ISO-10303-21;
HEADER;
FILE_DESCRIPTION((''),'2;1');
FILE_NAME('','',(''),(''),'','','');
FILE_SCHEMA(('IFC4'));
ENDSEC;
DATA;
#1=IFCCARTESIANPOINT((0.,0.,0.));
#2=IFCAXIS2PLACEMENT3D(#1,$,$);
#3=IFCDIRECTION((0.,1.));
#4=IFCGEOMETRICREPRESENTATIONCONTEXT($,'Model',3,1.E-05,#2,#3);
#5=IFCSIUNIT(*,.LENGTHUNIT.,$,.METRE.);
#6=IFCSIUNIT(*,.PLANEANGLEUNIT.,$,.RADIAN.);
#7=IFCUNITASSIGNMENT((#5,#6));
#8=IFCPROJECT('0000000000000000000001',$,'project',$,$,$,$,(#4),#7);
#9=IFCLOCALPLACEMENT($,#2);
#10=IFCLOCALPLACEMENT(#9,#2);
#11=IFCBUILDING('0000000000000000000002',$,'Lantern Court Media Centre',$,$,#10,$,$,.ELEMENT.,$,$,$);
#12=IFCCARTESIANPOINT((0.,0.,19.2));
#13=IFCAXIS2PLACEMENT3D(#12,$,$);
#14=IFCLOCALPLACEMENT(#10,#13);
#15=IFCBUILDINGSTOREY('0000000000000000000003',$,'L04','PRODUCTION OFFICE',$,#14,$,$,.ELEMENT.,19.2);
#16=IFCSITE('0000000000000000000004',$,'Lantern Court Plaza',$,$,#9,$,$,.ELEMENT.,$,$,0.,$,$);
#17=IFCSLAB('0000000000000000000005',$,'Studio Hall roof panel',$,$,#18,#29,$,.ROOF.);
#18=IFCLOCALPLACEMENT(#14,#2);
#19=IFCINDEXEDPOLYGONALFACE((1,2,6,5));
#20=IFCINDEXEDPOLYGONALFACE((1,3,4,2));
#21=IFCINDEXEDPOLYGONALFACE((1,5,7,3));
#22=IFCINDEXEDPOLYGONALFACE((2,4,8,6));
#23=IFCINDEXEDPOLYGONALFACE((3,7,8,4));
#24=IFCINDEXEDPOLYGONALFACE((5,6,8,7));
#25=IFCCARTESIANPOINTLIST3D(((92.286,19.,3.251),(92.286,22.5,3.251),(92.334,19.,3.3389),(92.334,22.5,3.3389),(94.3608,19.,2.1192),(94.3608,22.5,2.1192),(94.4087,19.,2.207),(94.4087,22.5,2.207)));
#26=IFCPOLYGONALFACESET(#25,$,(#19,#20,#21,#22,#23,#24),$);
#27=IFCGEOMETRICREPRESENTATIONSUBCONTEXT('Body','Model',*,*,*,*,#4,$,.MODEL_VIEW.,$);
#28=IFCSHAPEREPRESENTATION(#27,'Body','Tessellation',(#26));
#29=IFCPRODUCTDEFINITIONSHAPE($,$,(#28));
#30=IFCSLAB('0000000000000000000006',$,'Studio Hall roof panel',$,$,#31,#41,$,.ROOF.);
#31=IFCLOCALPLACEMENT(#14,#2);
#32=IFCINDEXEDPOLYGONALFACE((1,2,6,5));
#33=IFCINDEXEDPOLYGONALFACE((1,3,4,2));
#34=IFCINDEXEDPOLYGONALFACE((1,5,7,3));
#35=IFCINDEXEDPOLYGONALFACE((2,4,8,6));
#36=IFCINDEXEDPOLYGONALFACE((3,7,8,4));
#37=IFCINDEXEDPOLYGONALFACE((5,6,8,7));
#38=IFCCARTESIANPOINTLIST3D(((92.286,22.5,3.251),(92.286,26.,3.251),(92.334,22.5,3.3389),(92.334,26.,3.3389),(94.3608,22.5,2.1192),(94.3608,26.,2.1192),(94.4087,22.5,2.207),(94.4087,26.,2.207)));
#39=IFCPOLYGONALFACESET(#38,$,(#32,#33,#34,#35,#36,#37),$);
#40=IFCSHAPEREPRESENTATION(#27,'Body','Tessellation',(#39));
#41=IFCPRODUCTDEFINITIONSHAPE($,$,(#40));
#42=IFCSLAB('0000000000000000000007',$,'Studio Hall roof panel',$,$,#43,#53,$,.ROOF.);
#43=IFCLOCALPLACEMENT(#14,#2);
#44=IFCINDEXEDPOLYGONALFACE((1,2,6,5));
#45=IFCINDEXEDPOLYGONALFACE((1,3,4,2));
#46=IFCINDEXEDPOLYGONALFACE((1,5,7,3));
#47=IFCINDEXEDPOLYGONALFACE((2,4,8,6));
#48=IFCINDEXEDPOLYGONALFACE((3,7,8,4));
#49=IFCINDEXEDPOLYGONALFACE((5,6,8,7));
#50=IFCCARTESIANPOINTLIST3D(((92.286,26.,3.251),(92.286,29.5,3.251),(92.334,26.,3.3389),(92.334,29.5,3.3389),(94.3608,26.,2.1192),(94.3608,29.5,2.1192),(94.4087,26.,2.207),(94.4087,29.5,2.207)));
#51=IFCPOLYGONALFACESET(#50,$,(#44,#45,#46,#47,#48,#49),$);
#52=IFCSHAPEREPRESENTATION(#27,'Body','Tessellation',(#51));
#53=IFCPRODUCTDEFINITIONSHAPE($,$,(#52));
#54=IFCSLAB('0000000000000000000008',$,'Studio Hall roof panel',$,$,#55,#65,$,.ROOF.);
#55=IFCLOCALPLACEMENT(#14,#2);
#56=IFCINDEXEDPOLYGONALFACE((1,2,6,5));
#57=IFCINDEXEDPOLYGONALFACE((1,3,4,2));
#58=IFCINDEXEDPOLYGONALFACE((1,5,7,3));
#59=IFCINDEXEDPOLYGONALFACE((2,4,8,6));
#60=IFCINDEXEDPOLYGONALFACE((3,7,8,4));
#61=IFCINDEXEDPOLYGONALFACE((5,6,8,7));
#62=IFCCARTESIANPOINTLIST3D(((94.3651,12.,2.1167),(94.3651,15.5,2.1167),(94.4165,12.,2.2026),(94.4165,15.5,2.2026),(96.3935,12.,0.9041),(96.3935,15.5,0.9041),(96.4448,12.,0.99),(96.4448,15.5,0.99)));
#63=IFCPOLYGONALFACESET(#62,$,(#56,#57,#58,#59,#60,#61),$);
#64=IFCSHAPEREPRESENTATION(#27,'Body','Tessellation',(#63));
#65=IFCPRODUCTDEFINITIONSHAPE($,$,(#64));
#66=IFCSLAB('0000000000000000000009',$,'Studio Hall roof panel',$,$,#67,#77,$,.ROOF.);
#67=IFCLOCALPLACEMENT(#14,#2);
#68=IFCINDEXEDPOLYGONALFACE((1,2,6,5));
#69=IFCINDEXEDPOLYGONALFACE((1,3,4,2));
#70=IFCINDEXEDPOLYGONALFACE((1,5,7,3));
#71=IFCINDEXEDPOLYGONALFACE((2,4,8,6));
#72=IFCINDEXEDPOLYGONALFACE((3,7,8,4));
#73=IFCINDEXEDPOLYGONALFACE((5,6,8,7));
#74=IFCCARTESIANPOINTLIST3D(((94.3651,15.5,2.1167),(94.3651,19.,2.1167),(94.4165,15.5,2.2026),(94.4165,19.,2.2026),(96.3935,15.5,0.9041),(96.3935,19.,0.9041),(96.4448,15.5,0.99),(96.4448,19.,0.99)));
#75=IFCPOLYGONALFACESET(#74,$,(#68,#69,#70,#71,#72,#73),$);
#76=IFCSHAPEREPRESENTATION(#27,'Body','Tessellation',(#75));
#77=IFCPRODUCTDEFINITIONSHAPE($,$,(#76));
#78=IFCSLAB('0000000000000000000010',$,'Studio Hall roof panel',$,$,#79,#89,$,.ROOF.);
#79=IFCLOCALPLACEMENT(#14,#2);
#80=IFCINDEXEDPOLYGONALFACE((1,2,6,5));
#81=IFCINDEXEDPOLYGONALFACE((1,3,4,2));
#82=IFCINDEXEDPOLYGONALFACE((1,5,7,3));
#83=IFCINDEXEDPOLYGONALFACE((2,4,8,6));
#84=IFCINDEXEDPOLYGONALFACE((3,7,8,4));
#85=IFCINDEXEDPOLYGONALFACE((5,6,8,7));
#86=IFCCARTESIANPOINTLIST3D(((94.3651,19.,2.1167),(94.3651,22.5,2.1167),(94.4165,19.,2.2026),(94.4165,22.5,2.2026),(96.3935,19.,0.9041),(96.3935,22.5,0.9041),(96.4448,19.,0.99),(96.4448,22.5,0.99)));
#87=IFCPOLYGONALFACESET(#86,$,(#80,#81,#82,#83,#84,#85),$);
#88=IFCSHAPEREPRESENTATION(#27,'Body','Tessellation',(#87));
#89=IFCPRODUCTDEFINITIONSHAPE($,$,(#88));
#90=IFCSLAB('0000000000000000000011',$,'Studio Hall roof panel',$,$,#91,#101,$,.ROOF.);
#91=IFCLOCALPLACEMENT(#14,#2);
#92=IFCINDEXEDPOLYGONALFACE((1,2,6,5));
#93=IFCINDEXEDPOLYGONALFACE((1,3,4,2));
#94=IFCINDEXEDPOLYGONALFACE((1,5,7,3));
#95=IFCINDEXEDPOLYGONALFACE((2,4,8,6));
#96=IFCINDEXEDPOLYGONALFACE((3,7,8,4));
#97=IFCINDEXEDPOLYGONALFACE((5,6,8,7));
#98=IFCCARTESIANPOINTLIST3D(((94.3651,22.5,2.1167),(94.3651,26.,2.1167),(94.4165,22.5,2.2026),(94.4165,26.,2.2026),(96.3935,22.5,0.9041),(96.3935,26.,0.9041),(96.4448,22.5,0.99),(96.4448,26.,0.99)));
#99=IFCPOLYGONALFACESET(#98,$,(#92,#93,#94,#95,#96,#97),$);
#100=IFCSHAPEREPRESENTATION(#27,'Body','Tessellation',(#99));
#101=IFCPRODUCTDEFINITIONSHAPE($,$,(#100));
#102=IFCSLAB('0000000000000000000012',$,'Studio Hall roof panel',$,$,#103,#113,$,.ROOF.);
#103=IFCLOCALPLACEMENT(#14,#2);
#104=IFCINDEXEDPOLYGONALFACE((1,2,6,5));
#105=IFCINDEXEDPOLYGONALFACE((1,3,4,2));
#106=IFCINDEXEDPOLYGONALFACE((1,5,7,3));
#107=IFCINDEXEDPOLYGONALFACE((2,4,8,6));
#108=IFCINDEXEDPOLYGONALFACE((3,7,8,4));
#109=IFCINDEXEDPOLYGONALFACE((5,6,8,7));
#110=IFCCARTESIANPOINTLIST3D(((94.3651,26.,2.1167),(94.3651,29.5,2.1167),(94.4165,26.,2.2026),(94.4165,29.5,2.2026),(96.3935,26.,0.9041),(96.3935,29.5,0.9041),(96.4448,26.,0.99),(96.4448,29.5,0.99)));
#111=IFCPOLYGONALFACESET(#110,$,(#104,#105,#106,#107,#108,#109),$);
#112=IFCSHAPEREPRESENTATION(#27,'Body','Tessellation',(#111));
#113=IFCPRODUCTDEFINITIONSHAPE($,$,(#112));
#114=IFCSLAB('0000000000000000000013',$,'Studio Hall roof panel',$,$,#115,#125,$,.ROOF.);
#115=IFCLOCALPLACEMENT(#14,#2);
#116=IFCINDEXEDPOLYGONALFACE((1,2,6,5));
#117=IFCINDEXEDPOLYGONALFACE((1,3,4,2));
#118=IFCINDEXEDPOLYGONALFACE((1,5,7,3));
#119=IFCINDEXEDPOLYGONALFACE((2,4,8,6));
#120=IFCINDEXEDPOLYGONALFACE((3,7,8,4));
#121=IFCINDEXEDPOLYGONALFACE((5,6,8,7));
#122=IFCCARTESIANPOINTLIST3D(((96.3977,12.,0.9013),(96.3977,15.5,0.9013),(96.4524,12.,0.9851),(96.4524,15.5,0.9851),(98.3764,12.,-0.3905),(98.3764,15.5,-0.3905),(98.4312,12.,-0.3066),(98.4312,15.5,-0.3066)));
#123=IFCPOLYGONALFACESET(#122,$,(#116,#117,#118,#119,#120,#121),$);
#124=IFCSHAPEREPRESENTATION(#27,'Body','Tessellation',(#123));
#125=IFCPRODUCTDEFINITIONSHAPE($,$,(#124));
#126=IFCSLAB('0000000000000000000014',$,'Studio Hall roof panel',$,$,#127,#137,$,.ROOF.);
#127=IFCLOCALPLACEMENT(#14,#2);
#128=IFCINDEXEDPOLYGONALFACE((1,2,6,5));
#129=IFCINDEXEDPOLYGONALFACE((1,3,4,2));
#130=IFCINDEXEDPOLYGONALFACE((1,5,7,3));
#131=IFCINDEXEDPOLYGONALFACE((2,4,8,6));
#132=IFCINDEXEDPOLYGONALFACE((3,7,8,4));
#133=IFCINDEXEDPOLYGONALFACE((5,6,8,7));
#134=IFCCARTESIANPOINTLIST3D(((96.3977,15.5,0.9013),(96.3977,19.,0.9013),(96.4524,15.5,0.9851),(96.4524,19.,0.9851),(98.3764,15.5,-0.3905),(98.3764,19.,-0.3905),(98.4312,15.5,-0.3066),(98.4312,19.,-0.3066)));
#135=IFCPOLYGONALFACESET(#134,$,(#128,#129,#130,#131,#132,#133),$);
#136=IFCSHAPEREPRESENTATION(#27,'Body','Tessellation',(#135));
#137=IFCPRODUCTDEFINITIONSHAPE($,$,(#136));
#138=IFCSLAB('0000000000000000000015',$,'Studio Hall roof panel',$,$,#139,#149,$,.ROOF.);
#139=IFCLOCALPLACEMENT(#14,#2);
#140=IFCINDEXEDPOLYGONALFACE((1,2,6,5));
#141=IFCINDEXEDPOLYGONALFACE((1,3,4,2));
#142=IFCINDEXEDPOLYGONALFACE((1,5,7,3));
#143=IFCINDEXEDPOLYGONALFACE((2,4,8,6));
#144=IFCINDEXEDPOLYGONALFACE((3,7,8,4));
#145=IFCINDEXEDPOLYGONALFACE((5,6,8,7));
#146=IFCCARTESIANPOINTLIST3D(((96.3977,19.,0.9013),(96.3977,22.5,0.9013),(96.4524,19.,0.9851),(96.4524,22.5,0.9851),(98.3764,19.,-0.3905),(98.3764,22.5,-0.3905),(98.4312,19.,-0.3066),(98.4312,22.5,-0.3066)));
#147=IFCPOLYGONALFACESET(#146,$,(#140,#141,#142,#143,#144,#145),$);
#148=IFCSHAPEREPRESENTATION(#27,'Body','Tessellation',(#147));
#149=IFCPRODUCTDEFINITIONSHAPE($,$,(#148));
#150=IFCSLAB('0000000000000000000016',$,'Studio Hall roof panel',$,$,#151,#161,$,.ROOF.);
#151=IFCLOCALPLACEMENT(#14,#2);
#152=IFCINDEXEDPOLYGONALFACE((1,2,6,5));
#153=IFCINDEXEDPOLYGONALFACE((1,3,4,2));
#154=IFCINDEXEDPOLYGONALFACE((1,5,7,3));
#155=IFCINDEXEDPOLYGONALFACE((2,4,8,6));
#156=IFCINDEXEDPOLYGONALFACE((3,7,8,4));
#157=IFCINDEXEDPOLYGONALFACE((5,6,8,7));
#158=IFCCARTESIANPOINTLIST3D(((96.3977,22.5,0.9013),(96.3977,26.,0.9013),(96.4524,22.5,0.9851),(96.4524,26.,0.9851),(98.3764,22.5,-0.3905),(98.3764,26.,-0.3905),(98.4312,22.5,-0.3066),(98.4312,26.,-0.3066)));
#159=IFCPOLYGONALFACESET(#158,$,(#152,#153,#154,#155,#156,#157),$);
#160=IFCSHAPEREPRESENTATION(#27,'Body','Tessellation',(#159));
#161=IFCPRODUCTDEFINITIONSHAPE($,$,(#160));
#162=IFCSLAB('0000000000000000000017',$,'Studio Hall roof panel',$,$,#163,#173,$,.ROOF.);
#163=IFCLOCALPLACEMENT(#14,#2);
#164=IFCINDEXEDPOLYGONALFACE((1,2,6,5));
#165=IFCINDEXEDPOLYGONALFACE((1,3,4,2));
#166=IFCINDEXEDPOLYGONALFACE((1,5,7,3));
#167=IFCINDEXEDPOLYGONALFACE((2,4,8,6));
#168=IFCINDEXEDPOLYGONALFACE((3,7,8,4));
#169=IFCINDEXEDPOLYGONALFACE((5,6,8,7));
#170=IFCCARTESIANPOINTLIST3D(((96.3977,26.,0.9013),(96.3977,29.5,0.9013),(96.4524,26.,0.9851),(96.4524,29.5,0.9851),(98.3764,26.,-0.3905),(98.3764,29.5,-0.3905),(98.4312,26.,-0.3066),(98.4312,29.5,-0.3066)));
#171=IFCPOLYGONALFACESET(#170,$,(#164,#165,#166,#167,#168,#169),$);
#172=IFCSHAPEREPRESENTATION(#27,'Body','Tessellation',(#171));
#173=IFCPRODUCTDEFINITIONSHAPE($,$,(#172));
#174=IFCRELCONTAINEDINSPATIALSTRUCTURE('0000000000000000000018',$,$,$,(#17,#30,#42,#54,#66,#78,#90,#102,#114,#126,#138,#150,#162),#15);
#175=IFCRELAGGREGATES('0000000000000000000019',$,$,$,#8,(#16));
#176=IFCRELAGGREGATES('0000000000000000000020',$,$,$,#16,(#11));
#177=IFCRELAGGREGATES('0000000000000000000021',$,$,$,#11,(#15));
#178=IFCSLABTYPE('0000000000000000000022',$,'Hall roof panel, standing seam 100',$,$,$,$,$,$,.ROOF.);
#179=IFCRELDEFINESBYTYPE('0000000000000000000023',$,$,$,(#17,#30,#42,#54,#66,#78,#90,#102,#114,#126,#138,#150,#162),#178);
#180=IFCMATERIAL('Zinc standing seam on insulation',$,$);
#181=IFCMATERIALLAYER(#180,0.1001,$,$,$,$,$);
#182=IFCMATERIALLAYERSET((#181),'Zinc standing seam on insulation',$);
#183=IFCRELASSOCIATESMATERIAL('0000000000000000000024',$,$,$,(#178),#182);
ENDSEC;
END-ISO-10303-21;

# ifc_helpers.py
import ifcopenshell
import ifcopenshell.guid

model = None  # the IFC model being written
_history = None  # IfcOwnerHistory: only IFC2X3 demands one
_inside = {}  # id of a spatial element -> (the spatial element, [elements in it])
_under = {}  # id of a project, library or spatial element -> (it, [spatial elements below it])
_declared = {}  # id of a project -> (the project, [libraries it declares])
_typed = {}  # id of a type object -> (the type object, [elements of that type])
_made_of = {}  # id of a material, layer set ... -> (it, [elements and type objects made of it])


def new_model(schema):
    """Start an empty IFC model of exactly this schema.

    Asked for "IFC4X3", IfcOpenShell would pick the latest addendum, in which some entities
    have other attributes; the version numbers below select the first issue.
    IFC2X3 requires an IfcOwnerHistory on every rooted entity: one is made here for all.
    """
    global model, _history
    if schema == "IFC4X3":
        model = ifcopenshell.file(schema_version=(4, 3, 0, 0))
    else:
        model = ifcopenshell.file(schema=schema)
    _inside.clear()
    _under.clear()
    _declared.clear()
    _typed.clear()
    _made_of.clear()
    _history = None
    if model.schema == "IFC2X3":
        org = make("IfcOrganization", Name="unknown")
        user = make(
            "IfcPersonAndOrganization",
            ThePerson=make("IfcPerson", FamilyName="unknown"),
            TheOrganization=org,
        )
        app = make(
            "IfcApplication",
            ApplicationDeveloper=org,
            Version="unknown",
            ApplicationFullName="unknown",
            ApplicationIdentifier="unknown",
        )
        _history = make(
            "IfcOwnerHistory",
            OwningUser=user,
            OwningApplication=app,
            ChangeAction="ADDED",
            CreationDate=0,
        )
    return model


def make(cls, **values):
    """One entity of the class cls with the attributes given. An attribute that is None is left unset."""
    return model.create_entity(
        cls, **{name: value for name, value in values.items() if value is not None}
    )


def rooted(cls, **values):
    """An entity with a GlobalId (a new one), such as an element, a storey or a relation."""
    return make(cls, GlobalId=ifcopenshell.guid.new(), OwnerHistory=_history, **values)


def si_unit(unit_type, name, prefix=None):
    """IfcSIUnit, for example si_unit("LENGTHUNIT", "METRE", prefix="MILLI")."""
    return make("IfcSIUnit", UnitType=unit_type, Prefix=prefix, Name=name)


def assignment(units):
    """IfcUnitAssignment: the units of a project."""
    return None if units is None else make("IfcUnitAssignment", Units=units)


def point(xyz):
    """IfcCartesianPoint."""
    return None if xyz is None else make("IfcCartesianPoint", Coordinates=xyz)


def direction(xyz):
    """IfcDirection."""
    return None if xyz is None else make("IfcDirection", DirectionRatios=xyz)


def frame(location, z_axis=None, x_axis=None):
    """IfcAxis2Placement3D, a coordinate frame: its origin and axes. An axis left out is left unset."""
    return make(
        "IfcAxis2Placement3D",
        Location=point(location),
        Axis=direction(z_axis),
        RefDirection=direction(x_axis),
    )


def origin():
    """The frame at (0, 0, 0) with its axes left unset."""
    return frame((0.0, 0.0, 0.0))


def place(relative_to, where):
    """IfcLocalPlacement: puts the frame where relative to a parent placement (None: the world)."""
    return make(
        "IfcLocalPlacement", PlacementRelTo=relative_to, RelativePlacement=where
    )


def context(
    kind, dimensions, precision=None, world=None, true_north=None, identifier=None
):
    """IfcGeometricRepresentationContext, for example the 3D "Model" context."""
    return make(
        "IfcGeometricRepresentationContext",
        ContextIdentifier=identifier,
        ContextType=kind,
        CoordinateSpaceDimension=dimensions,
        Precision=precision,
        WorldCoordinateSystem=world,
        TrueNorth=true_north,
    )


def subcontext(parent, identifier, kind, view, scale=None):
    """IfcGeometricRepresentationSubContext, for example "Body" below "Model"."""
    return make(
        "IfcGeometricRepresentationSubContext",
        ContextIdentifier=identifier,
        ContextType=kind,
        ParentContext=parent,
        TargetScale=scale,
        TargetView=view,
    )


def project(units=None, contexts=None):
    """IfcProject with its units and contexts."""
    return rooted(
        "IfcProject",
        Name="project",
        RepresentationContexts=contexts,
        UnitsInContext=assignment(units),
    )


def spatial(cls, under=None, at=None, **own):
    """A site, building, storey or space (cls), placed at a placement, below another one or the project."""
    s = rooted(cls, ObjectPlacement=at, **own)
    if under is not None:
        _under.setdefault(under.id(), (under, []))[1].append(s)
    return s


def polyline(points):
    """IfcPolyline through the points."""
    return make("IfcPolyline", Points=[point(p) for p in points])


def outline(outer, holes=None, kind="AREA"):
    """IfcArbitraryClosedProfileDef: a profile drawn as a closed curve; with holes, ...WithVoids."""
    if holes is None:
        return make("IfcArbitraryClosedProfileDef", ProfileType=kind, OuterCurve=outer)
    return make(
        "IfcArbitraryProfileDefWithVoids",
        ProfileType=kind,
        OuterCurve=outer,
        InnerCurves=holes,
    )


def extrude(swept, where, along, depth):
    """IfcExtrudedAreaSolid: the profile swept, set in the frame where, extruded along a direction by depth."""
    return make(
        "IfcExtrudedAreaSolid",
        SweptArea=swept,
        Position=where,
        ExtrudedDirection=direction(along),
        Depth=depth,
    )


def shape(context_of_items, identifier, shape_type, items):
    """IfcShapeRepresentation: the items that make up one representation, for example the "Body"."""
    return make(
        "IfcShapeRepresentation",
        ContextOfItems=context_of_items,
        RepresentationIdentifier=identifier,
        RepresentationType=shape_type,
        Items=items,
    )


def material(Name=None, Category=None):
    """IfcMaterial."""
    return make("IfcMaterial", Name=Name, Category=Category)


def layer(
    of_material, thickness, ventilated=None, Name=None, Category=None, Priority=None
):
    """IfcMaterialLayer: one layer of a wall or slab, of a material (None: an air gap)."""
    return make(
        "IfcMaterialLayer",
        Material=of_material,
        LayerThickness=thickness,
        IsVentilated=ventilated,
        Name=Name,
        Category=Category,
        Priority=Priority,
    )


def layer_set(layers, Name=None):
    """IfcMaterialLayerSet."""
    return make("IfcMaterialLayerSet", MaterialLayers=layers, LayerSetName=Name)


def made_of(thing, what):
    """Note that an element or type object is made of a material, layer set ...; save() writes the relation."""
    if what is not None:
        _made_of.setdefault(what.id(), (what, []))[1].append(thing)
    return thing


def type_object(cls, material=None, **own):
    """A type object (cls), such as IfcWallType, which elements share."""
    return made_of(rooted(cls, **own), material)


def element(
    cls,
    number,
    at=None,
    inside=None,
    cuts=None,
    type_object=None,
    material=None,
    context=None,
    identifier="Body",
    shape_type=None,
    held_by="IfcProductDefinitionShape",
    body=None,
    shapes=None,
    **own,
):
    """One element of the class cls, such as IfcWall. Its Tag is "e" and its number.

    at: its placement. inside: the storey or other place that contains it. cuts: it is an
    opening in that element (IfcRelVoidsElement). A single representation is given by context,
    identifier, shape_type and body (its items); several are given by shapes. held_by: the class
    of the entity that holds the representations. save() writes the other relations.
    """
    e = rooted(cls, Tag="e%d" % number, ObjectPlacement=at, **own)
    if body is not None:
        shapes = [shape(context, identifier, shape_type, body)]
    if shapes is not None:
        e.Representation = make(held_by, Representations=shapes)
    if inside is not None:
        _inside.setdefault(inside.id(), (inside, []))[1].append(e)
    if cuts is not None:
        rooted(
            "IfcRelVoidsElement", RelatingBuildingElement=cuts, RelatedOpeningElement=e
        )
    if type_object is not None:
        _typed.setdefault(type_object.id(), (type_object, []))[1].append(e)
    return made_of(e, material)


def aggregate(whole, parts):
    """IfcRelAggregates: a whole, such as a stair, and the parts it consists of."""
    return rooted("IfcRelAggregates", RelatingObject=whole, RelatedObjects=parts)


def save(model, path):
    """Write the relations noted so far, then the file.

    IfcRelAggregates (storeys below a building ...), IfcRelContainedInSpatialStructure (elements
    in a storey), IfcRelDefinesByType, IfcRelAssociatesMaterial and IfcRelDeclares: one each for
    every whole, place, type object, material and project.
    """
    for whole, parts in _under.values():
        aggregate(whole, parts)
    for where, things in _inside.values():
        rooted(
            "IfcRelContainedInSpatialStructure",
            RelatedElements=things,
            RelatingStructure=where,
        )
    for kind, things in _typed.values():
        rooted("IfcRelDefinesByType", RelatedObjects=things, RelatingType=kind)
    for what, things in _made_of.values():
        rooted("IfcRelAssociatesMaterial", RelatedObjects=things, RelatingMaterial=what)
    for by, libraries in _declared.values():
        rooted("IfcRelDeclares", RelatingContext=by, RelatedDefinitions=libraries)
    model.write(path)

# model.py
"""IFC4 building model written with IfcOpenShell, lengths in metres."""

from ifc_helpers import new_model, si_unit, direction, frame, origin, place, context, subcontext, project, spatial, polyline, outline, extrude, material, layer, layer_set, type_object, element, save


model = new_model("IFC4")

# Units and contexts
model_context = context("Model", 3, precision=1e-05, world=origin(), true_north=direction((0.0, 1.0)))
body_context = subcontext(model_context, "Body", "Model", "MODEL_VIEW")
ifc_project = project(units=[si_unit("LENGTHUNIT", "METRE"), si_unit("PLANEANGLEUNIT", "RADIAN")], contexts=[model_context])

# Site, building, storey
site_placement = place(None, origin())
site = spatial("IfcSite", under=ifc_project, at=site_placement, Name="Lantern Court Plaza", CompositionType="ELEMENT", RefElevation=0.0)
building_placement = place(site_placement, origin())
building = spatial("IfcBuilding", under=site, at=building_placement, Name="Lantern Court Media Centre", CompositionType="ELEMENT")
storey_placement = place(building_placement, frame((0.0, 0.0, 19.2)))
storey = spatial("IfcBuildingStorey", under=building, at=storey_placement, Name="L04", Description="PRODUCTION OFFICE", CompositionType="ELEMENT", Elevation=19.2)

# Slabs
ifc_material = material(Name="Zinc standing seam on insulation")
ifc_layer = layer(ifc_material, 0.1001)
ifc_layer_set = layer_set([ifc_layer], Name="Zinc standing seam on insulation")
slab_type = type_object("IfcSlabType", Name="Hall roof panel, standing seam 100", PredefinedType="ROOF", material=ifc_layer_set)
for number, where, z_axis, x_axis, name in (
    (1, (92.334, 19.0, 3.3389), (0.47891, 0.0, 0.877864), (0.877864, 0.0, -0.47891), "Studio Hall roof panel"),
    (2, (92.334, 22.5, 3.3389), (0.47891, 0.0, 0.877864), (0.877864, 0.0, -0.47891), "Studio Hall roof panel"),
    (3, (92.334, 26.0, 3.3389), (0.47891, 0.0, 0.877864), (0.877864, 0.0, -0.47891), "Studio Hall roof panel"),
):
    element("IfcSlab", number, at=place(storey_placement, frame(where, z_axis=z_axis, x_axis=x_axis)), inside=storey, type_object=slab_type, Name=name, PredefinedType="ROOF", context=body_context, shape_type="SweptSolid", body=[
        extrude(outline(polyline([(0.0, 0.0), (2.3634, 0.0), (2.3634, 3.5), (0.0, 3.5), (0.0, 0.0)])), origin(), (0.0, 0.0, -1.0), 0.1001),
    ])
for number, where, z_axis, x_axis, name in (
    (4, (94.4165, 12.0, 2.2026), (0.513143, 0.0, 0.858303), (0.858303, 0.0, -0.513143), "Studio Hall roof panel"),
    (5, (94.4165, 15.5, 2.2026), (0.513143, 0.0, 0.858303), (0.858303, 0.0, -0.513143), "Studio Hall roof panel"),
    (6, (94.4165, 19.0, 2.2026), (0.513143, 0.0, 0.858303), (0.858303, 0.0, -0.513143), "Studio Hall roof panel"),
    (7, (94.4165, 22.5, 2.2026), (0.513143, 0.0, 0.858303), (0.858303, 0.0, -0.513143), "Studio Hall roof panel"),
    (8, (94.4165, 26.0, 2.2026), (0.513143, 0.0, 0.858303), (0.858303, 0.0, -0.513143), "Studio Hall roof panel"),
):
    element("IfcSlab", number, at=place(storey_placement, frame(where, z_axis=z_axis, x_axis=x_axis)), inside=storey, type_object=slab_type, Name=name, PredefinedType="ROOF", context=body_context, shape_type="SweptSolid", body=[
        extrude(outline(polyline([(0.0, 0.0), (2.3632, 0.0), (2.3632, 3.5), (0.0, 3.5), (0.0, 0.0)])), origin(), (0.0, 0.0, -1.0), 0.1001),
    ])
for number, where, z_axis, x_axis, name in (
    (9, (96.4524, 12.0, 0.9851), (0.54664, 0.0, 0.837368), (0.837368, 0.0, -0.54664), "Studio Hall roof panel"),
    (10, (96.4524, 15.5, 0.9851), (0.54664, 0.0, 0.837368), (0.837368, 0.0, -0.54664), "Studio Hall roof panel"),
    (11, (96.4524, 19.0, 0.9851), (0.54664, 0.0, 0.837368), (0.837368, 0.0, -0.54664), "Studio Hall roof panel"),
    (12, (96.4524, 22.5, 0.9851), (0.54664, 0.0, 0.837368), (0.837368, 0.0, -0.54664), "Studio Hall roof panel"),
    (13, (96.4524, 26.0, 0.9851), (0.54664, 0.0, 0.837368), (0.837368, 0.0, -0.54664), "Studio Hall roof panel"),
):
    element("IfcSlab", number, at=place(storey_placement, frame(where, z_axis=z_axis, x_axis=x_axis)), inside=storey, type_object=slab_type, Name=name, PredefinedType="ROOF", context=body_context, shape_type="SweptSolid", body=[
        extrude(outline(polyline([(0.0, 0.0), (2.3631, 0.0), (2.3631, 3.5), (0.0, 3.5), (0.0, 0.0)])), origin(), (0.0, 0.0, -1.0), 0.1001),
    ])

save(model, "model.ifc")
